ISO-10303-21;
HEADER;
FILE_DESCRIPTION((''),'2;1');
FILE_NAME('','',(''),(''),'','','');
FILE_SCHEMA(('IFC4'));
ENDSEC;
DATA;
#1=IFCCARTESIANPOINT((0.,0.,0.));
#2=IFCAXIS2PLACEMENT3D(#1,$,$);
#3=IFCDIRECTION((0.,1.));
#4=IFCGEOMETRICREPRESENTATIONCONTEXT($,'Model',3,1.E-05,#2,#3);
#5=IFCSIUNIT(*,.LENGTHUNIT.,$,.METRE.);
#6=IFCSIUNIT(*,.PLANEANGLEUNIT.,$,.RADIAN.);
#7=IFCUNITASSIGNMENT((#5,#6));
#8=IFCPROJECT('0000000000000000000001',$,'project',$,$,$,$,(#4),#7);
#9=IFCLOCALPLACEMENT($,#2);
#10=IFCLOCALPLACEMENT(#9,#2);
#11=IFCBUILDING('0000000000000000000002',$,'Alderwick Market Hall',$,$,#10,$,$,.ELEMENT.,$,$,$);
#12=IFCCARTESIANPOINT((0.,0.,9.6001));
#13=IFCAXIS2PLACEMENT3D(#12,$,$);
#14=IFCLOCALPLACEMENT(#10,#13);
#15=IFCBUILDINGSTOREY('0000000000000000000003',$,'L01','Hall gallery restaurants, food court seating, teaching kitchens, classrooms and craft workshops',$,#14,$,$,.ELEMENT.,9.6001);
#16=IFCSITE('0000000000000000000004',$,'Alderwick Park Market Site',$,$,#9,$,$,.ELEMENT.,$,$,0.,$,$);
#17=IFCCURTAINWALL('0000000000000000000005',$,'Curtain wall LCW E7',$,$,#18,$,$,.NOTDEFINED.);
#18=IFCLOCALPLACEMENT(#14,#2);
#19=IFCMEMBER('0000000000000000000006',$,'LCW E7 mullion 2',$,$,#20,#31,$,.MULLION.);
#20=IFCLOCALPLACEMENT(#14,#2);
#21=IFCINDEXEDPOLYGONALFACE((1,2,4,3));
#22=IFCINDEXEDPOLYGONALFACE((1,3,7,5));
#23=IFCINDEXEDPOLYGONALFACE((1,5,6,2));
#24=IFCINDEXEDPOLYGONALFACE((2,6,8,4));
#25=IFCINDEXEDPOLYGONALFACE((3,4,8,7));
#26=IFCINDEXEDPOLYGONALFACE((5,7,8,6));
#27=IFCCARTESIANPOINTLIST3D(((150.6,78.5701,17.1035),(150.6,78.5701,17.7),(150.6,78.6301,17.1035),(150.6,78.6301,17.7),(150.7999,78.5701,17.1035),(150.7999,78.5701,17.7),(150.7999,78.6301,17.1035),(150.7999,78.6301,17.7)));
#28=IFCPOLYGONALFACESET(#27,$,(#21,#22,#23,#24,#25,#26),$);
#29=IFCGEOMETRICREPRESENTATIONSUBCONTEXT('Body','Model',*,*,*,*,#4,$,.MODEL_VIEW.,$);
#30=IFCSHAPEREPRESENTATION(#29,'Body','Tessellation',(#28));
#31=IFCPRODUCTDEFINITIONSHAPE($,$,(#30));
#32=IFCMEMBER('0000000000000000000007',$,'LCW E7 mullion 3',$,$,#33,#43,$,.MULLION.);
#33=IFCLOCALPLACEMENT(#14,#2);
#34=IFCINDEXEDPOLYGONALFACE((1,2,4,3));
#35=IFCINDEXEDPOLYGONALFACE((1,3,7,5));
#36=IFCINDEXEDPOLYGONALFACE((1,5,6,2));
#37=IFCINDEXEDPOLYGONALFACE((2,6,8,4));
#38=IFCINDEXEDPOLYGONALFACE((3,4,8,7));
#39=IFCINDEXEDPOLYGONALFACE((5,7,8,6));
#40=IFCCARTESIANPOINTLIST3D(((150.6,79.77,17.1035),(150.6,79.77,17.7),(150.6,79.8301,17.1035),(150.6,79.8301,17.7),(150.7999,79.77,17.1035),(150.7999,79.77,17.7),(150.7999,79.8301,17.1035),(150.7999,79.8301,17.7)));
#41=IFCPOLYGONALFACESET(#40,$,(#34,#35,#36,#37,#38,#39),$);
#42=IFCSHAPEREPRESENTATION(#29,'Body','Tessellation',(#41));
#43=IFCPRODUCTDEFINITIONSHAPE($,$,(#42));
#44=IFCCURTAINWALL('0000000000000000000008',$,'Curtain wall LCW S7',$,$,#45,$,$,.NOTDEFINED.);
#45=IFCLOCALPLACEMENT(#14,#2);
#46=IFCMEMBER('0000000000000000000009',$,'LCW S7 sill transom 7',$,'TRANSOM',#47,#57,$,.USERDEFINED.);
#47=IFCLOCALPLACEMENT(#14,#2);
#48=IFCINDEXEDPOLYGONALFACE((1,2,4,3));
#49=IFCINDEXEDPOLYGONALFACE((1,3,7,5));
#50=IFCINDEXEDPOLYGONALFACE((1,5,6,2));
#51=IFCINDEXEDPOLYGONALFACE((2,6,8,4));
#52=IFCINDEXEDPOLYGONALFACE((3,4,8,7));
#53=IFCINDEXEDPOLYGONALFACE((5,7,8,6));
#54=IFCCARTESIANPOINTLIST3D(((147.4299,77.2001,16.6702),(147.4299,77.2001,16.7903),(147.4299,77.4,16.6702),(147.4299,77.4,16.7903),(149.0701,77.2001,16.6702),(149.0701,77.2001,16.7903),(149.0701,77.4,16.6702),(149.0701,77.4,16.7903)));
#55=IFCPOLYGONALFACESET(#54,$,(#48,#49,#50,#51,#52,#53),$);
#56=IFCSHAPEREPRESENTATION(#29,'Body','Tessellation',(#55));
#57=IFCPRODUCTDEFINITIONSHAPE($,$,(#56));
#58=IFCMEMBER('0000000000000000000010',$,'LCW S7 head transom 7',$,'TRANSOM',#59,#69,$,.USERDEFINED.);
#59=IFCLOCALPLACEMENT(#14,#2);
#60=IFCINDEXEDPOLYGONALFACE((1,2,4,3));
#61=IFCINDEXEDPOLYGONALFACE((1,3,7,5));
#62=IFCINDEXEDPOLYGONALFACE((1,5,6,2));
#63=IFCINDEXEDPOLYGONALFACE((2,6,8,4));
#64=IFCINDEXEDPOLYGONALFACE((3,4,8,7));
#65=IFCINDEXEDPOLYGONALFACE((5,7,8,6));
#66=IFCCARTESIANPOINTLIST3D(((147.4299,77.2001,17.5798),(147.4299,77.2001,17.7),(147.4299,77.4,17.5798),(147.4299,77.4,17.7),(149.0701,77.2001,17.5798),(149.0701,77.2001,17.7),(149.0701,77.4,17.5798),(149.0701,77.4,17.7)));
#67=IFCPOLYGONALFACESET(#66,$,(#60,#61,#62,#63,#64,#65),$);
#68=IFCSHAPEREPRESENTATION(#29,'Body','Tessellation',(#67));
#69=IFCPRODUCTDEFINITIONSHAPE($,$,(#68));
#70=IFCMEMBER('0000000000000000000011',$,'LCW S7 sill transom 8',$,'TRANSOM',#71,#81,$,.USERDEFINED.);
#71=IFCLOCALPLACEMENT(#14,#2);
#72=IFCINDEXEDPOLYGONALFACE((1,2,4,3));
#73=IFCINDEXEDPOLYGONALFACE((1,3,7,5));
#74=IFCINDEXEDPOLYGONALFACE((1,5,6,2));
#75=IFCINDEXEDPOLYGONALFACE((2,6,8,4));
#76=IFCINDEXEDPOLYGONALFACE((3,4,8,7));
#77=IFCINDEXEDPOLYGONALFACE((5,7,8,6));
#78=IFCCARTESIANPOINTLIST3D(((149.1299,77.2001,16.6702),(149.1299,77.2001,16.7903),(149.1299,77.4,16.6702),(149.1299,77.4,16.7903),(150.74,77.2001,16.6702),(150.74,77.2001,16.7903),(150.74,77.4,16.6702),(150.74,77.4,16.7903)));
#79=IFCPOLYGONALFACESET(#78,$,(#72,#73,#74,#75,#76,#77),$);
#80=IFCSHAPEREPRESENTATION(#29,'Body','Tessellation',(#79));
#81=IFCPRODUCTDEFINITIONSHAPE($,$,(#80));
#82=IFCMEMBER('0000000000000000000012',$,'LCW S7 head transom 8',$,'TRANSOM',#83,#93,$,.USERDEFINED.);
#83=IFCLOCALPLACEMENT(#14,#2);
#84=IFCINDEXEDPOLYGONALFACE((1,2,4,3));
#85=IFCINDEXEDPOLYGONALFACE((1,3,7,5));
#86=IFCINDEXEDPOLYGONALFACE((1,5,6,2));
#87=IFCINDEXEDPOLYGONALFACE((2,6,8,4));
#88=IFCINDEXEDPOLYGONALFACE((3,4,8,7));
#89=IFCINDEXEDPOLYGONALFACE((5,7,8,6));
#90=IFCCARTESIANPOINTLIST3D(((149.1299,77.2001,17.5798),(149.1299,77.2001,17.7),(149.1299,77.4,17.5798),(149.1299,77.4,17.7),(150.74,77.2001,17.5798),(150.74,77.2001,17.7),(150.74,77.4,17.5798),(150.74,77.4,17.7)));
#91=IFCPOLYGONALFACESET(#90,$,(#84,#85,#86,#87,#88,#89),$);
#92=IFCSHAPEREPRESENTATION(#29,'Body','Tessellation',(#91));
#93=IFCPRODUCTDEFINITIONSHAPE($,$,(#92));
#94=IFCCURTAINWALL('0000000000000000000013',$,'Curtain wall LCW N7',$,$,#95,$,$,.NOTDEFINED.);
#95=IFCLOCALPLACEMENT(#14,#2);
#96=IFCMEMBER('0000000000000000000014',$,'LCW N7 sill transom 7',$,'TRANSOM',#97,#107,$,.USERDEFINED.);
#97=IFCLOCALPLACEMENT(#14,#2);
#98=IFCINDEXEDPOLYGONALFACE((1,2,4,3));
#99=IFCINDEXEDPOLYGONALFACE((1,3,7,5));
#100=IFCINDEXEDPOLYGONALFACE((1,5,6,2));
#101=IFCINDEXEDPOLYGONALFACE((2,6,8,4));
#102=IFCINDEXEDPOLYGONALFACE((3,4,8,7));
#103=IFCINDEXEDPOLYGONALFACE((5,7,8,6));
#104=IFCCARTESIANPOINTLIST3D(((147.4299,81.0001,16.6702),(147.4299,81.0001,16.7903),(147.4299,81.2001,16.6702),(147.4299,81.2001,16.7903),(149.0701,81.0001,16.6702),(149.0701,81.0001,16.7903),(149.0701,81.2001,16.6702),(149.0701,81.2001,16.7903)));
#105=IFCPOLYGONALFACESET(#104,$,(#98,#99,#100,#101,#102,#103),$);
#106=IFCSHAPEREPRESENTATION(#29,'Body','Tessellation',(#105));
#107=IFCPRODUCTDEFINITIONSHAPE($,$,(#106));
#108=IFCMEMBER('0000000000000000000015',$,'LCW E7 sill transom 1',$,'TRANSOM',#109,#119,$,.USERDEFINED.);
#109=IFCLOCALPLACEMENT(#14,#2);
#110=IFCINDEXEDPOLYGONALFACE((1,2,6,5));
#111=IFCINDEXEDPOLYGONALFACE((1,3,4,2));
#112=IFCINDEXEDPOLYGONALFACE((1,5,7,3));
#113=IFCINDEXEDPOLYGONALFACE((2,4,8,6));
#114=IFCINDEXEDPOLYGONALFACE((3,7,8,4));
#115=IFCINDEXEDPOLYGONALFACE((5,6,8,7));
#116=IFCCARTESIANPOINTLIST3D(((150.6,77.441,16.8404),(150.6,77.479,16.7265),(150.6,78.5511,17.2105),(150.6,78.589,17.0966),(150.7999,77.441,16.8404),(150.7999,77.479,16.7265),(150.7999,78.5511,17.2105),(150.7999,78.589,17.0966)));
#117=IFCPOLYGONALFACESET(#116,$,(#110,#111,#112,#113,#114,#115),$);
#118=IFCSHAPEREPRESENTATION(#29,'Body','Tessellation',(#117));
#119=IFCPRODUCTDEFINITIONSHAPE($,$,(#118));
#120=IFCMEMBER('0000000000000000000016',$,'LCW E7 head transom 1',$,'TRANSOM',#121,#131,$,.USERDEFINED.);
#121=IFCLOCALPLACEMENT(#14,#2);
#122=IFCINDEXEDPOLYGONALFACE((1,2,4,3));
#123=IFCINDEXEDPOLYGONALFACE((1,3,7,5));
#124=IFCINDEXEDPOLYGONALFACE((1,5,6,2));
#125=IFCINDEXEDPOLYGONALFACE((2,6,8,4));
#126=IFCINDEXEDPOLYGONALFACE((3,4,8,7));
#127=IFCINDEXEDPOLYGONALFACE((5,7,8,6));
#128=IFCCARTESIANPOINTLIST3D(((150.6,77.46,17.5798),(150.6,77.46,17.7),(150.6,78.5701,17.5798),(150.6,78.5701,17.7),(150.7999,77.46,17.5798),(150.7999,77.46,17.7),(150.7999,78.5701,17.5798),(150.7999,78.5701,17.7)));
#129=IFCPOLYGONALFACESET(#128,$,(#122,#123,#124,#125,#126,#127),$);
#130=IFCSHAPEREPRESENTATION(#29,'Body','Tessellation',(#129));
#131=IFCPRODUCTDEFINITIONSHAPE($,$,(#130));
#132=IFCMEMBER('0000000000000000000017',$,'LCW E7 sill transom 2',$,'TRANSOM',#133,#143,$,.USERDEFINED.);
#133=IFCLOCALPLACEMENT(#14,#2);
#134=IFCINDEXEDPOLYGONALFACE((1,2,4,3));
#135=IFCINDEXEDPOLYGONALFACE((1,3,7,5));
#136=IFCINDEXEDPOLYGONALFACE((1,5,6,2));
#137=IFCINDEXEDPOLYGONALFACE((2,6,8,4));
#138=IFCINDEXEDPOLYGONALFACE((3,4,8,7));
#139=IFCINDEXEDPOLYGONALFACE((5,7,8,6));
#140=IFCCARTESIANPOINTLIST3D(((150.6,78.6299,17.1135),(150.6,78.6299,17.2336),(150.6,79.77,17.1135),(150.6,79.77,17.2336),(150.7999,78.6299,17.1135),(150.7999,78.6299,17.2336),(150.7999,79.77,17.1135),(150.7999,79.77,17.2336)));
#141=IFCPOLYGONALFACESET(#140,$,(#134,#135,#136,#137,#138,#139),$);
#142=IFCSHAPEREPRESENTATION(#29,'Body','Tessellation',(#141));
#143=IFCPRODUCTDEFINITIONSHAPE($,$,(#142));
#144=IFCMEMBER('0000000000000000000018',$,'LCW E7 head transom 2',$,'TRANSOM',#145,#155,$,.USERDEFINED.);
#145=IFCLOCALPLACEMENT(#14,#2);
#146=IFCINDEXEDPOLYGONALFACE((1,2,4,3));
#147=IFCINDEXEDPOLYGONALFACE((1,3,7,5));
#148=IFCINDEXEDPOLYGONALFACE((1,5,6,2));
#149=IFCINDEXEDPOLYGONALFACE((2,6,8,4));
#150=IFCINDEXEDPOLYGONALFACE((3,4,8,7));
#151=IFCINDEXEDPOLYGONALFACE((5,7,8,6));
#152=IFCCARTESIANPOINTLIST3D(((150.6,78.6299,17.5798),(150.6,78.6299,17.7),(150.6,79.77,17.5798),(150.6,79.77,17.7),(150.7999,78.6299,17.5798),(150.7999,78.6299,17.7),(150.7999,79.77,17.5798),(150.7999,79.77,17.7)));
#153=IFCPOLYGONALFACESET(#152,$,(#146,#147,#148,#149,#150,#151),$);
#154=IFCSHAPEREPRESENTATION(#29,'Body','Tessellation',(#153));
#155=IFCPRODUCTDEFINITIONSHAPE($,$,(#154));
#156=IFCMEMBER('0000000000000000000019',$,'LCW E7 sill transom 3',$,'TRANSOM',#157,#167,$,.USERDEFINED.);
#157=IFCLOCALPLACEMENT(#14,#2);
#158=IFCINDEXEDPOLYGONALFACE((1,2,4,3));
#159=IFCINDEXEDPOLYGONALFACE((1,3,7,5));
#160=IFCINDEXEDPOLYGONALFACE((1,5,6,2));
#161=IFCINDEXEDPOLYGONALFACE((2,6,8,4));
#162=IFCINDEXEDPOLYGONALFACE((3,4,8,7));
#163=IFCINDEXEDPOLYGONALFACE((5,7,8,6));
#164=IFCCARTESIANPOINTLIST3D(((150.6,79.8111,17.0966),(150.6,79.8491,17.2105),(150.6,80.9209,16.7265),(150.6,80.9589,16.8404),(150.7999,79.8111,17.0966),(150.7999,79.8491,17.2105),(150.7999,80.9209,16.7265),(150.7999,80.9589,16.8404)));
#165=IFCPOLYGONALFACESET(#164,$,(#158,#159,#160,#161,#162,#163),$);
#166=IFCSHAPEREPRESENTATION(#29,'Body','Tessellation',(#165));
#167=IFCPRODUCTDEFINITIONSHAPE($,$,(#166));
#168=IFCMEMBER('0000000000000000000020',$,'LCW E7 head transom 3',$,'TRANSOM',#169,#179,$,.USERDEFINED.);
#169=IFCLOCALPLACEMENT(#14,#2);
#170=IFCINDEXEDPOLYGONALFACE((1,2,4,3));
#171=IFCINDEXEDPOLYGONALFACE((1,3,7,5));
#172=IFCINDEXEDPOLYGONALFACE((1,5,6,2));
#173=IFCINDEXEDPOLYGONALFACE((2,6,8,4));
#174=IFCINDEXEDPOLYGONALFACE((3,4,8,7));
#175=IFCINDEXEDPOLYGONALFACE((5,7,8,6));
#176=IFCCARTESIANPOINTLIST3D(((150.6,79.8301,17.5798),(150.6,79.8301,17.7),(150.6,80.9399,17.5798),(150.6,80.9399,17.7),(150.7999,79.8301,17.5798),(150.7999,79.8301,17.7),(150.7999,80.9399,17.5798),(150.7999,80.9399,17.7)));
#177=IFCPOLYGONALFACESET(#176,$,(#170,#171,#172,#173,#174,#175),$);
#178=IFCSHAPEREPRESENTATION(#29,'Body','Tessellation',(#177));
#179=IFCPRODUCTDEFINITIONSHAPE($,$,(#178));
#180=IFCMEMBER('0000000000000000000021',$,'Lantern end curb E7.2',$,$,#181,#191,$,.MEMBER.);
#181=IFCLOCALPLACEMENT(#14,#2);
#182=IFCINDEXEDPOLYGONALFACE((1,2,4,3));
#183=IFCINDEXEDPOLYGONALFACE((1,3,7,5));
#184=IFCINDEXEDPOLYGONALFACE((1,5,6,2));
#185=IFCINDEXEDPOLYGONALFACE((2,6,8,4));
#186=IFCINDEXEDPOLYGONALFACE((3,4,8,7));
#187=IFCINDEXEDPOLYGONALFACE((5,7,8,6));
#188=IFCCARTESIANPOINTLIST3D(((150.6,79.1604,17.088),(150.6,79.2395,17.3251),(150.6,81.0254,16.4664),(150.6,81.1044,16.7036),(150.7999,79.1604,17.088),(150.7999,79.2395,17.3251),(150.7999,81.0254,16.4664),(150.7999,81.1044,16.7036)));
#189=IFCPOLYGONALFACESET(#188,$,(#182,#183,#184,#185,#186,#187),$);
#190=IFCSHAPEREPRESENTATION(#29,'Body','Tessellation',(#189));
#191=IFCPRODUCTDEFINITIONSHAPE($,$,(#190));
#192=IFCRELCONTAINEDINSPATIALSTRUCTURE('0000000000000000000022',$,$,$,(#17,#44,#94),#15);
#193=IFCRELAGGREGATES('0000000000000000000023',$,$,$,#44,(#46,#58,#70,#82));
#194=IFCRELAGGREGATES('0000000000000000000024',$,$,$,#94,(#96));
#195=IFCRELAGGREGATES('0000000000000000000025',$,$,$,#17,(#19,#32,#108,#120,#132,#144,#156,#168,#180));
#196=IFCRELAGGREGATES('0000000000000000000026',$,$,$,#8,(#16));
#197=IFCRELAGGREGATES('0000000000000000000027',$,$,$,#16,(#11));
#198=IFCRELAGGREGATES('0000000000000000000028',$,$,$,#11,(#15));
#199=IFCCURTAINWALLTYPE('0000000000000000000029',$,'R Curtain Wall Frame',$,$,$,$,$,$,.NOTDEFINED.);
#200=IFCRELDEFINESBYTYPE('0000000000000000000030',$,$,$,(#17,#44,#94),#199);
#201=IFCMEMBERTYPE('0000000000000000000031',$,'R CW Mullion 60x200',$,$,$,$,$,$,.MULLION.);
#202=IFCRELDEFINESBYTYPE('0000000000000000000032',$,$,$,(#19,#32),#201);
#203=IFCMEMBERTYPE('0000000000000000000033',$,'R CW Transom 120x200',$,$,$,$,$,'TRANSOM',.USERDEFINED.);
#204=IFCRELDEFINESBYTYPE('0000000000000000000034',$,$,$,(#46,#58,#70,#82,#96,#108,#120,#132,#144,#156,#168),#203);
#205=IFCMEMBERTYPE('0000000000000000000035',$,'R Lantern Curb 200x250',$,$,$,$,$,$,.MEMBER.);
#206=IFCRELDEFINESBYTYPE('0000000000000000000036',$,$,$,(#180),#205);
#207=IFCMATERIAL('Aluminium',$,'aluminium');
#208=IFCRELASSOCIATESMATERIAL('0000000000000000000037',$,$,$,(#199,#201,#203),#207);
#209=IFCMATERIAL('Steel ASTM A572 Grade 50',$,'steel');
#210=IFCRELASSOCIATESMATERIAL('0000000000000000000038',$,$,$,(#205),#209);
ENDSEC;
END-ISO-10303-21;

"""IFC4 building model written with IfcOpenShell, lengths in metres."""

from ifc_helpers import new_model, si_unit, direction, frame, origin, origin_2d, place, context, subcontext, project, spatial, rectangle, extrude, material, material_profile, profile_set, type_object, element, aggregate, save


model = new_model("IFC4")

# Units and contexts
model_context = context("Model", 3, precision=1e-05, world=origin(), true_north=direction((0.0, 1.0)))
body_context = subcontext(model_context, "Body", "Model", "MODEL_VIEW")
ifc_project = project(units=[si_unit("LENGTHUNIT", "METRE"), si_unit("PLANEANGLEUNIT", "RADIAN")], contexts=[model_context])

# Site, building, storey
site_placement = place(None, origin())
site = spatial("IfcSite", under=ifc_project, at=site_placement, Name="Alderwick Park Market Site", CompositionType="ELEMENT", RefElevation=0.0)
building_placement = place(site_placement, origin())
building = spatial("IfcBuilding", under=site, at=building_placement, Name="Alderwick Market Hall", CompositionType="ELEMENT")
storey_placement = place(building_placement, frame((0.0, 0.0, 9.6001)))
storey = spatial("IfcBuildingStorey", under=building, at=storey_placement, Name="L01", Description="Hall gallery restaurants, food court seating, teaching kitchens, classrooms and craft workshops", CompositionType="ELEMENT", Elevation=9.6001)

# Curtain walls, members
ifc_material_1 = material(Name="Aluminium", Category="aluminium")
curtain_wall_type = type_object("IfcCurtainWallType", Name="R Curtain Wall Frame", PredefinedType="NOTDEFINED", material=ifc_material_1)
curtain_wall_1_placement = place(storey_placement, origin())
curtain_wall_1 = element("IfcCurtainWall", 1, at=curtain_wall_1_placement, inside=storey, type_object=curtain_wall_type, Name="Curtain wall LCW E7", PredefinedType="NOTDEFINED")
ifc_material_profile_1 = material_profile(ifc_material_1, rectangle(XDim=0.2, YDim=0.0601, at=origin_2d()), Name="AL 60x200")
ifc_profile_set_1 = profile_set([ifc_material_profile_1], Name="Aluminium")
member_type_1 = type_object("IfcMemberType", Name="R CW Mullion 60x200", PredefinedType="MULLION", material=ifc_profile_set_1)
member_1_placement = place(storey_placement, frame((150.7, 78.6001, 17.1035), z_axis=(0.0, 0.0, 1.0), x_axis=(1.0, 0.0, 0.0)))
member_1 = element("IfcMember", 2, at=member_1_placement, type_object=member_type_1, Name="LCW E7 mullion 2", PredefinedType="MULLION", context=body_context, shape_type="SweptSolid", body=[
    extrude(rectangle(XDim=0.2, YDim=0.0601, at=origin_2d()), origin(), (0.0, 0.0, 1.0), 0.5964),
])
member_2_placement = place(storey_placement, frame((150.7, 79.8, 17.1035), z_axis=(0.0, 0.0, 1.0), x_axis=(1.0, 0.0, 0.0)))
member_2 = element("IfcMember", 3, at=member_2_placement, type_object=member_type_1, Name="LCW E7 mullion 3", PredefinedType="MULLION", context=body_context, shape_type="SweptSolid", body=[
    extrude(rectangle(XDim=0.2, YDim=0.0601, at=origin_2d()), origin(), (0.0, 0.0, 1.0), 0.5964),
])
curtain_wall_2_placement = place(storey_placement, origin())
curtain_wall_2 = element("IfcCurtainWall", 4, at=curtain_wall_2_placement, inside=storey, type_object=curtain_wall_type, Name="Curtain wall LCW S7", PredefinedType="NOTDEFINED")
ifc_material_profile_2 = material_profile(ifc_material_1, rectangle(XDim=0.2, YDim=0.1201, at=origin_2d()), Name="AL 120x200")
ifc_profile_set_2 = profile_set([ifc_material_profile_2], Name="Aluminium")
member_type_2 = type_object("IfcMemberType", Name="R CW Transom 120x200", ElementType="TRANSOM", PredefinedType="USERDEFINED", material=ifc_profile_set_2)
member_3_placement = place(storey_placement, frame((147.4299, 77.3, 16.7302), z_axis=(1.0, 0.0, 0.0), x_axis=(0.0, 1.0, 0.0)))
member_3 = element("IfcMember", 5, at=member_3_placement, type_object=member_type_2, Name="LCW S7 sill transom 7", ObjectType="TRANSOM", PredefinedType="USERDEFINED", context=body_context, shape_type="SweptSolid", body=[
    extrude(rectangle(XDim=0.2, YDim=0.1201, at=origin_2d()), origin(), (0.0, 0.0, 1.0), 1.6401),
])
member_4_placement = place(storey_placement, frame((147.4299, 77.3, 17.6399), z_axis=(1.0, 0.0, 0.0), x_axis=(0.0, 1.0, 0.0)))
member_4 = element("IfcMember", 6, at=member_4_placement, type_object=member_type_2, Name="LCW S7 head transom 7", ObjectType="TRANSOM", PredefinedType="USERDEFINED", context=body_context, shape_type="SweptSolid", body=[
    extrude(rectangle(XDim=0.2, YDim=0.1201, at=origin_2d()), origin(), (0.0, 0.0, 1.0), 1.6401),
])
member_5_placement = place(storey_placement, frame((149.1299, 77.3, 16.7302), z_axis=(1.0, 0.0, 0.0), x_axis=(0.0, 1.0, 0.0)))
member_5 = element("IfcMember", 7, at=member_5_placement, type_object=member_type_2, Name="LCW S7 sill transom 8", ObjectType="TRANSOM", PredefinedType="USERDEFINED", context=body_context, shape_type="SweptSolid", body=[
    extrude(rectangle(XDim=0.2, YDim=0.1201, at=origin_2d()), origin(), (0.0, 0.0, 1.0), 1.6101),
])
member_6_placement = place(storey_placement, frame((149.1299, 77.3, 17.6399), z_axis=(1.0, 0.0, 0.0), x_axis=(0.0, 1.0, 0.0)))
member_6 = element("IfcMember", 8, at=member_6_placement, type_object=member_type_2, Name="LCW S7 head transom 8", ObjectType="TRANSOM", PredefinedType="USERDEFINED", context=body_context, shape_type="SweptSolid", body=[
    extrude(rectangle(XDim=0.2, YDim=0.1201, at=origin_2d()), origin(), (0.0, 0.0, 1.0), 1.6101),
])

# Curtain wall, member
curtain_wall_3_placement = place(storey_placement, origin())
curtain_wall_3 = element("IfcCurtainWall", 9, at=curtain_wall_3_placement, inside=storey, type_object=curtain_wall_type, Name="Curtain wall LCW N7", PredefinedType="NOTDEFINED")
member_7_placement = place(storey_placement, frame((147.4299, 81.1001, 16.7302), z_axis=(1.0, 0.0, 0.0), x_axis=(0.0, 1.0, 0.0)))
member_7 = element("IfcMember", 10, at=member_7_placement, type_object=member_type_2, Name="LCW N7 sill transom 7", ObjectType="TRANSOM", PredefinedType="USERDEFINED", context=body_context, shape_type="SweptSolid", body=[
    extrude(rectangle(XDim=0.2, YDim=0.1201, at=origin_2d()), origin(), (0.0, 0.0, 1.0), 1.6401),
])

# Members
member_8_placement = place(storey_placement, frame((150.7, 77.46, 16.7834), z_axis=(0.0, 0.948662, 0.31629), x_axis=(-1.0, 0.0, 0.0)))
member_8 = element("IfcMember", 11, at=member_8_placement, type_object=member_type_2, Name="LCW E7 sill transom 1", ObjectType="TRANSOM", PredefinedType="USERDEFINED", context=body_context, shape_type="SweptSolid", body=[
    extrude(rectangle(XDim=0.2, YDim=0.1201, at=origin_2d()), origin(), (0.0, 0.0, 1.0), 1.1702),
])
member_9_placement = place(storey_placement, frame((150.7, 77.46, 17.6399), z_axis=(0.0, 1.0, 0.0), x_axis=(-1.0, 0.0, 0.0)))
member_9 = element("IfcMember", 12, at=member_9_placement, type_object=member_type_2, Name="LCW E7 head transom 1", ObjectType="TRANSOM", PredefinedType="USERDEFINED", context=body_context, shape_type="SweptSolid", body=[
    extrude(rectangle(XDim=0.2, YDim=0.1201, at=origin_2d()), origin(), (0.0, 0.0, 1.0), 1.1101),
])
member_10_placement = place(storey_placement, frame((150.7, 78.6299, 17.1736), z_axis=(0.0, 1.0, 0.0), x_axis=(-1.0, 0.0, 0.0)))
member_10 = element("IfcMember", 13, at=member_10_placement, type_object=member_type_2, Name="LCW E7 sill transom 2", ObjectType="TRANSOM", PredefinedType="USERDEFINED", context=body_context, shape_type="SweptSolid", body=[
    extrude(rectangle(XDim=0.2, YDim=0.1201, at=origin_2d()), origin(), (0.0, 0.0, 1.0), 1.1401),
])
member_11_placement = place(storey_placement, frame((150.7, 78.6299, 17.6399), z_axis=(0.0, 1.0, 0.0), x_axis=(-1.0, 0.0, 0.0)))
member_11 = element("IfcMember", 14, at=member_11_placement, type_object=member_type_2, Name="LCW E7 head transom 2", ObjectType="TRANSOM", PredefinedType="USERDEFINED", context=body_context, shape_type="SweptSolid", body=[
    extrude(rectangle(XDim=0.2, YDim=0.1201, at=origin_2d()), origin(), (0.0, 0.0, 1.0), 1.1401),
])
member_12_placement = place(storey_placement, frame((150.7, 79.8301, 17.1536), z_axis=(0.0, 0.948642, -0.316353), x_axis=(-1.0, 0.0, 0.0)))
member_12 = element("IfcMember", 15, at=member_12_placement, type_object=member_type_2, Name="LCW E7 sill transom 3", ObjectType="TRANSOM", PredefinedType="USERDEFINED", context=body_context, shape_type="SweptSolid", body=[
    extrude(rectangle(XDim=0.2, YDim=0.1201, at=origin_2d()), origin(), (0.0, 0.0, 1.0), 1.1699),
])
member_13_placement = place(storey_placement, frame((150.7, 79.8301, 17.6399), z_axis=(0.0, 1.0, 0.0), x_axis=(-1.0, 0.0, 0.0)))
member_13 = element("IfcMember", 16, at=member_13_placement, type_object=member_type_2, Name="LCW E7 head transom 3", ObjectType="TRANSOM", PredefinedType="USERDEFINED", context=body_context, shape_type="SweptSolid", body=[
    extrude(rectangle(XDim=0.2, YDim=0.1201, at=origin_2d()), origin(), (0.0, 0.0, 1.0), 1.1099),
])
ifc_material_2 = material(Name="Steel ASTM A572 Grade 50", Category="steel")
ifc_material_profile_3 = material_profile(ifc_material_2, rectangle(XDim=0.2, YDim=0.25, at=origin_2d()), Name="Steel plate curb 200x250")
ifc_profile_set_3 = profile_set([ifc_material_profile_3], Name="Steel ASTM A572 Grade 50")
member_type_3 = type_object("IfcMemberType", Name="R Lantern Curb 200x250", PredefinedType="MEMBER", material=ifc_profile_set_3)
member_14_placement = place(storey_placement, frame((150.7, 79.2, 17.2065), z_axis=(0.0, 0.948696, -0.316191), x_axis=(-1.0, 0.0, 0.0)))
member_14 = element("IfcMember", 17, at=member_14_placement, type_object=member_type_3, Name="Lantern end curb E7.2", PredefinedType="MEMBER", context=body_context, shape_type="SweptSolid", body=[
    extrude(rectangle(XDim=0.2, YDim=0.25, at=origin_2d()), origin(), (0.0, 0.0, 1.0), 1.9658),
])

aggregate(curtain_wall_2, [member_3, member_4, member_5, member_6])
aggregate(curtain_wall_3, [member_7])

aggregate(curtain_wall_1, [member_1, member_2, member_8, member_9, member_10, member_11, member_12, member_13, member_14])

save(model, "model.ifc")
